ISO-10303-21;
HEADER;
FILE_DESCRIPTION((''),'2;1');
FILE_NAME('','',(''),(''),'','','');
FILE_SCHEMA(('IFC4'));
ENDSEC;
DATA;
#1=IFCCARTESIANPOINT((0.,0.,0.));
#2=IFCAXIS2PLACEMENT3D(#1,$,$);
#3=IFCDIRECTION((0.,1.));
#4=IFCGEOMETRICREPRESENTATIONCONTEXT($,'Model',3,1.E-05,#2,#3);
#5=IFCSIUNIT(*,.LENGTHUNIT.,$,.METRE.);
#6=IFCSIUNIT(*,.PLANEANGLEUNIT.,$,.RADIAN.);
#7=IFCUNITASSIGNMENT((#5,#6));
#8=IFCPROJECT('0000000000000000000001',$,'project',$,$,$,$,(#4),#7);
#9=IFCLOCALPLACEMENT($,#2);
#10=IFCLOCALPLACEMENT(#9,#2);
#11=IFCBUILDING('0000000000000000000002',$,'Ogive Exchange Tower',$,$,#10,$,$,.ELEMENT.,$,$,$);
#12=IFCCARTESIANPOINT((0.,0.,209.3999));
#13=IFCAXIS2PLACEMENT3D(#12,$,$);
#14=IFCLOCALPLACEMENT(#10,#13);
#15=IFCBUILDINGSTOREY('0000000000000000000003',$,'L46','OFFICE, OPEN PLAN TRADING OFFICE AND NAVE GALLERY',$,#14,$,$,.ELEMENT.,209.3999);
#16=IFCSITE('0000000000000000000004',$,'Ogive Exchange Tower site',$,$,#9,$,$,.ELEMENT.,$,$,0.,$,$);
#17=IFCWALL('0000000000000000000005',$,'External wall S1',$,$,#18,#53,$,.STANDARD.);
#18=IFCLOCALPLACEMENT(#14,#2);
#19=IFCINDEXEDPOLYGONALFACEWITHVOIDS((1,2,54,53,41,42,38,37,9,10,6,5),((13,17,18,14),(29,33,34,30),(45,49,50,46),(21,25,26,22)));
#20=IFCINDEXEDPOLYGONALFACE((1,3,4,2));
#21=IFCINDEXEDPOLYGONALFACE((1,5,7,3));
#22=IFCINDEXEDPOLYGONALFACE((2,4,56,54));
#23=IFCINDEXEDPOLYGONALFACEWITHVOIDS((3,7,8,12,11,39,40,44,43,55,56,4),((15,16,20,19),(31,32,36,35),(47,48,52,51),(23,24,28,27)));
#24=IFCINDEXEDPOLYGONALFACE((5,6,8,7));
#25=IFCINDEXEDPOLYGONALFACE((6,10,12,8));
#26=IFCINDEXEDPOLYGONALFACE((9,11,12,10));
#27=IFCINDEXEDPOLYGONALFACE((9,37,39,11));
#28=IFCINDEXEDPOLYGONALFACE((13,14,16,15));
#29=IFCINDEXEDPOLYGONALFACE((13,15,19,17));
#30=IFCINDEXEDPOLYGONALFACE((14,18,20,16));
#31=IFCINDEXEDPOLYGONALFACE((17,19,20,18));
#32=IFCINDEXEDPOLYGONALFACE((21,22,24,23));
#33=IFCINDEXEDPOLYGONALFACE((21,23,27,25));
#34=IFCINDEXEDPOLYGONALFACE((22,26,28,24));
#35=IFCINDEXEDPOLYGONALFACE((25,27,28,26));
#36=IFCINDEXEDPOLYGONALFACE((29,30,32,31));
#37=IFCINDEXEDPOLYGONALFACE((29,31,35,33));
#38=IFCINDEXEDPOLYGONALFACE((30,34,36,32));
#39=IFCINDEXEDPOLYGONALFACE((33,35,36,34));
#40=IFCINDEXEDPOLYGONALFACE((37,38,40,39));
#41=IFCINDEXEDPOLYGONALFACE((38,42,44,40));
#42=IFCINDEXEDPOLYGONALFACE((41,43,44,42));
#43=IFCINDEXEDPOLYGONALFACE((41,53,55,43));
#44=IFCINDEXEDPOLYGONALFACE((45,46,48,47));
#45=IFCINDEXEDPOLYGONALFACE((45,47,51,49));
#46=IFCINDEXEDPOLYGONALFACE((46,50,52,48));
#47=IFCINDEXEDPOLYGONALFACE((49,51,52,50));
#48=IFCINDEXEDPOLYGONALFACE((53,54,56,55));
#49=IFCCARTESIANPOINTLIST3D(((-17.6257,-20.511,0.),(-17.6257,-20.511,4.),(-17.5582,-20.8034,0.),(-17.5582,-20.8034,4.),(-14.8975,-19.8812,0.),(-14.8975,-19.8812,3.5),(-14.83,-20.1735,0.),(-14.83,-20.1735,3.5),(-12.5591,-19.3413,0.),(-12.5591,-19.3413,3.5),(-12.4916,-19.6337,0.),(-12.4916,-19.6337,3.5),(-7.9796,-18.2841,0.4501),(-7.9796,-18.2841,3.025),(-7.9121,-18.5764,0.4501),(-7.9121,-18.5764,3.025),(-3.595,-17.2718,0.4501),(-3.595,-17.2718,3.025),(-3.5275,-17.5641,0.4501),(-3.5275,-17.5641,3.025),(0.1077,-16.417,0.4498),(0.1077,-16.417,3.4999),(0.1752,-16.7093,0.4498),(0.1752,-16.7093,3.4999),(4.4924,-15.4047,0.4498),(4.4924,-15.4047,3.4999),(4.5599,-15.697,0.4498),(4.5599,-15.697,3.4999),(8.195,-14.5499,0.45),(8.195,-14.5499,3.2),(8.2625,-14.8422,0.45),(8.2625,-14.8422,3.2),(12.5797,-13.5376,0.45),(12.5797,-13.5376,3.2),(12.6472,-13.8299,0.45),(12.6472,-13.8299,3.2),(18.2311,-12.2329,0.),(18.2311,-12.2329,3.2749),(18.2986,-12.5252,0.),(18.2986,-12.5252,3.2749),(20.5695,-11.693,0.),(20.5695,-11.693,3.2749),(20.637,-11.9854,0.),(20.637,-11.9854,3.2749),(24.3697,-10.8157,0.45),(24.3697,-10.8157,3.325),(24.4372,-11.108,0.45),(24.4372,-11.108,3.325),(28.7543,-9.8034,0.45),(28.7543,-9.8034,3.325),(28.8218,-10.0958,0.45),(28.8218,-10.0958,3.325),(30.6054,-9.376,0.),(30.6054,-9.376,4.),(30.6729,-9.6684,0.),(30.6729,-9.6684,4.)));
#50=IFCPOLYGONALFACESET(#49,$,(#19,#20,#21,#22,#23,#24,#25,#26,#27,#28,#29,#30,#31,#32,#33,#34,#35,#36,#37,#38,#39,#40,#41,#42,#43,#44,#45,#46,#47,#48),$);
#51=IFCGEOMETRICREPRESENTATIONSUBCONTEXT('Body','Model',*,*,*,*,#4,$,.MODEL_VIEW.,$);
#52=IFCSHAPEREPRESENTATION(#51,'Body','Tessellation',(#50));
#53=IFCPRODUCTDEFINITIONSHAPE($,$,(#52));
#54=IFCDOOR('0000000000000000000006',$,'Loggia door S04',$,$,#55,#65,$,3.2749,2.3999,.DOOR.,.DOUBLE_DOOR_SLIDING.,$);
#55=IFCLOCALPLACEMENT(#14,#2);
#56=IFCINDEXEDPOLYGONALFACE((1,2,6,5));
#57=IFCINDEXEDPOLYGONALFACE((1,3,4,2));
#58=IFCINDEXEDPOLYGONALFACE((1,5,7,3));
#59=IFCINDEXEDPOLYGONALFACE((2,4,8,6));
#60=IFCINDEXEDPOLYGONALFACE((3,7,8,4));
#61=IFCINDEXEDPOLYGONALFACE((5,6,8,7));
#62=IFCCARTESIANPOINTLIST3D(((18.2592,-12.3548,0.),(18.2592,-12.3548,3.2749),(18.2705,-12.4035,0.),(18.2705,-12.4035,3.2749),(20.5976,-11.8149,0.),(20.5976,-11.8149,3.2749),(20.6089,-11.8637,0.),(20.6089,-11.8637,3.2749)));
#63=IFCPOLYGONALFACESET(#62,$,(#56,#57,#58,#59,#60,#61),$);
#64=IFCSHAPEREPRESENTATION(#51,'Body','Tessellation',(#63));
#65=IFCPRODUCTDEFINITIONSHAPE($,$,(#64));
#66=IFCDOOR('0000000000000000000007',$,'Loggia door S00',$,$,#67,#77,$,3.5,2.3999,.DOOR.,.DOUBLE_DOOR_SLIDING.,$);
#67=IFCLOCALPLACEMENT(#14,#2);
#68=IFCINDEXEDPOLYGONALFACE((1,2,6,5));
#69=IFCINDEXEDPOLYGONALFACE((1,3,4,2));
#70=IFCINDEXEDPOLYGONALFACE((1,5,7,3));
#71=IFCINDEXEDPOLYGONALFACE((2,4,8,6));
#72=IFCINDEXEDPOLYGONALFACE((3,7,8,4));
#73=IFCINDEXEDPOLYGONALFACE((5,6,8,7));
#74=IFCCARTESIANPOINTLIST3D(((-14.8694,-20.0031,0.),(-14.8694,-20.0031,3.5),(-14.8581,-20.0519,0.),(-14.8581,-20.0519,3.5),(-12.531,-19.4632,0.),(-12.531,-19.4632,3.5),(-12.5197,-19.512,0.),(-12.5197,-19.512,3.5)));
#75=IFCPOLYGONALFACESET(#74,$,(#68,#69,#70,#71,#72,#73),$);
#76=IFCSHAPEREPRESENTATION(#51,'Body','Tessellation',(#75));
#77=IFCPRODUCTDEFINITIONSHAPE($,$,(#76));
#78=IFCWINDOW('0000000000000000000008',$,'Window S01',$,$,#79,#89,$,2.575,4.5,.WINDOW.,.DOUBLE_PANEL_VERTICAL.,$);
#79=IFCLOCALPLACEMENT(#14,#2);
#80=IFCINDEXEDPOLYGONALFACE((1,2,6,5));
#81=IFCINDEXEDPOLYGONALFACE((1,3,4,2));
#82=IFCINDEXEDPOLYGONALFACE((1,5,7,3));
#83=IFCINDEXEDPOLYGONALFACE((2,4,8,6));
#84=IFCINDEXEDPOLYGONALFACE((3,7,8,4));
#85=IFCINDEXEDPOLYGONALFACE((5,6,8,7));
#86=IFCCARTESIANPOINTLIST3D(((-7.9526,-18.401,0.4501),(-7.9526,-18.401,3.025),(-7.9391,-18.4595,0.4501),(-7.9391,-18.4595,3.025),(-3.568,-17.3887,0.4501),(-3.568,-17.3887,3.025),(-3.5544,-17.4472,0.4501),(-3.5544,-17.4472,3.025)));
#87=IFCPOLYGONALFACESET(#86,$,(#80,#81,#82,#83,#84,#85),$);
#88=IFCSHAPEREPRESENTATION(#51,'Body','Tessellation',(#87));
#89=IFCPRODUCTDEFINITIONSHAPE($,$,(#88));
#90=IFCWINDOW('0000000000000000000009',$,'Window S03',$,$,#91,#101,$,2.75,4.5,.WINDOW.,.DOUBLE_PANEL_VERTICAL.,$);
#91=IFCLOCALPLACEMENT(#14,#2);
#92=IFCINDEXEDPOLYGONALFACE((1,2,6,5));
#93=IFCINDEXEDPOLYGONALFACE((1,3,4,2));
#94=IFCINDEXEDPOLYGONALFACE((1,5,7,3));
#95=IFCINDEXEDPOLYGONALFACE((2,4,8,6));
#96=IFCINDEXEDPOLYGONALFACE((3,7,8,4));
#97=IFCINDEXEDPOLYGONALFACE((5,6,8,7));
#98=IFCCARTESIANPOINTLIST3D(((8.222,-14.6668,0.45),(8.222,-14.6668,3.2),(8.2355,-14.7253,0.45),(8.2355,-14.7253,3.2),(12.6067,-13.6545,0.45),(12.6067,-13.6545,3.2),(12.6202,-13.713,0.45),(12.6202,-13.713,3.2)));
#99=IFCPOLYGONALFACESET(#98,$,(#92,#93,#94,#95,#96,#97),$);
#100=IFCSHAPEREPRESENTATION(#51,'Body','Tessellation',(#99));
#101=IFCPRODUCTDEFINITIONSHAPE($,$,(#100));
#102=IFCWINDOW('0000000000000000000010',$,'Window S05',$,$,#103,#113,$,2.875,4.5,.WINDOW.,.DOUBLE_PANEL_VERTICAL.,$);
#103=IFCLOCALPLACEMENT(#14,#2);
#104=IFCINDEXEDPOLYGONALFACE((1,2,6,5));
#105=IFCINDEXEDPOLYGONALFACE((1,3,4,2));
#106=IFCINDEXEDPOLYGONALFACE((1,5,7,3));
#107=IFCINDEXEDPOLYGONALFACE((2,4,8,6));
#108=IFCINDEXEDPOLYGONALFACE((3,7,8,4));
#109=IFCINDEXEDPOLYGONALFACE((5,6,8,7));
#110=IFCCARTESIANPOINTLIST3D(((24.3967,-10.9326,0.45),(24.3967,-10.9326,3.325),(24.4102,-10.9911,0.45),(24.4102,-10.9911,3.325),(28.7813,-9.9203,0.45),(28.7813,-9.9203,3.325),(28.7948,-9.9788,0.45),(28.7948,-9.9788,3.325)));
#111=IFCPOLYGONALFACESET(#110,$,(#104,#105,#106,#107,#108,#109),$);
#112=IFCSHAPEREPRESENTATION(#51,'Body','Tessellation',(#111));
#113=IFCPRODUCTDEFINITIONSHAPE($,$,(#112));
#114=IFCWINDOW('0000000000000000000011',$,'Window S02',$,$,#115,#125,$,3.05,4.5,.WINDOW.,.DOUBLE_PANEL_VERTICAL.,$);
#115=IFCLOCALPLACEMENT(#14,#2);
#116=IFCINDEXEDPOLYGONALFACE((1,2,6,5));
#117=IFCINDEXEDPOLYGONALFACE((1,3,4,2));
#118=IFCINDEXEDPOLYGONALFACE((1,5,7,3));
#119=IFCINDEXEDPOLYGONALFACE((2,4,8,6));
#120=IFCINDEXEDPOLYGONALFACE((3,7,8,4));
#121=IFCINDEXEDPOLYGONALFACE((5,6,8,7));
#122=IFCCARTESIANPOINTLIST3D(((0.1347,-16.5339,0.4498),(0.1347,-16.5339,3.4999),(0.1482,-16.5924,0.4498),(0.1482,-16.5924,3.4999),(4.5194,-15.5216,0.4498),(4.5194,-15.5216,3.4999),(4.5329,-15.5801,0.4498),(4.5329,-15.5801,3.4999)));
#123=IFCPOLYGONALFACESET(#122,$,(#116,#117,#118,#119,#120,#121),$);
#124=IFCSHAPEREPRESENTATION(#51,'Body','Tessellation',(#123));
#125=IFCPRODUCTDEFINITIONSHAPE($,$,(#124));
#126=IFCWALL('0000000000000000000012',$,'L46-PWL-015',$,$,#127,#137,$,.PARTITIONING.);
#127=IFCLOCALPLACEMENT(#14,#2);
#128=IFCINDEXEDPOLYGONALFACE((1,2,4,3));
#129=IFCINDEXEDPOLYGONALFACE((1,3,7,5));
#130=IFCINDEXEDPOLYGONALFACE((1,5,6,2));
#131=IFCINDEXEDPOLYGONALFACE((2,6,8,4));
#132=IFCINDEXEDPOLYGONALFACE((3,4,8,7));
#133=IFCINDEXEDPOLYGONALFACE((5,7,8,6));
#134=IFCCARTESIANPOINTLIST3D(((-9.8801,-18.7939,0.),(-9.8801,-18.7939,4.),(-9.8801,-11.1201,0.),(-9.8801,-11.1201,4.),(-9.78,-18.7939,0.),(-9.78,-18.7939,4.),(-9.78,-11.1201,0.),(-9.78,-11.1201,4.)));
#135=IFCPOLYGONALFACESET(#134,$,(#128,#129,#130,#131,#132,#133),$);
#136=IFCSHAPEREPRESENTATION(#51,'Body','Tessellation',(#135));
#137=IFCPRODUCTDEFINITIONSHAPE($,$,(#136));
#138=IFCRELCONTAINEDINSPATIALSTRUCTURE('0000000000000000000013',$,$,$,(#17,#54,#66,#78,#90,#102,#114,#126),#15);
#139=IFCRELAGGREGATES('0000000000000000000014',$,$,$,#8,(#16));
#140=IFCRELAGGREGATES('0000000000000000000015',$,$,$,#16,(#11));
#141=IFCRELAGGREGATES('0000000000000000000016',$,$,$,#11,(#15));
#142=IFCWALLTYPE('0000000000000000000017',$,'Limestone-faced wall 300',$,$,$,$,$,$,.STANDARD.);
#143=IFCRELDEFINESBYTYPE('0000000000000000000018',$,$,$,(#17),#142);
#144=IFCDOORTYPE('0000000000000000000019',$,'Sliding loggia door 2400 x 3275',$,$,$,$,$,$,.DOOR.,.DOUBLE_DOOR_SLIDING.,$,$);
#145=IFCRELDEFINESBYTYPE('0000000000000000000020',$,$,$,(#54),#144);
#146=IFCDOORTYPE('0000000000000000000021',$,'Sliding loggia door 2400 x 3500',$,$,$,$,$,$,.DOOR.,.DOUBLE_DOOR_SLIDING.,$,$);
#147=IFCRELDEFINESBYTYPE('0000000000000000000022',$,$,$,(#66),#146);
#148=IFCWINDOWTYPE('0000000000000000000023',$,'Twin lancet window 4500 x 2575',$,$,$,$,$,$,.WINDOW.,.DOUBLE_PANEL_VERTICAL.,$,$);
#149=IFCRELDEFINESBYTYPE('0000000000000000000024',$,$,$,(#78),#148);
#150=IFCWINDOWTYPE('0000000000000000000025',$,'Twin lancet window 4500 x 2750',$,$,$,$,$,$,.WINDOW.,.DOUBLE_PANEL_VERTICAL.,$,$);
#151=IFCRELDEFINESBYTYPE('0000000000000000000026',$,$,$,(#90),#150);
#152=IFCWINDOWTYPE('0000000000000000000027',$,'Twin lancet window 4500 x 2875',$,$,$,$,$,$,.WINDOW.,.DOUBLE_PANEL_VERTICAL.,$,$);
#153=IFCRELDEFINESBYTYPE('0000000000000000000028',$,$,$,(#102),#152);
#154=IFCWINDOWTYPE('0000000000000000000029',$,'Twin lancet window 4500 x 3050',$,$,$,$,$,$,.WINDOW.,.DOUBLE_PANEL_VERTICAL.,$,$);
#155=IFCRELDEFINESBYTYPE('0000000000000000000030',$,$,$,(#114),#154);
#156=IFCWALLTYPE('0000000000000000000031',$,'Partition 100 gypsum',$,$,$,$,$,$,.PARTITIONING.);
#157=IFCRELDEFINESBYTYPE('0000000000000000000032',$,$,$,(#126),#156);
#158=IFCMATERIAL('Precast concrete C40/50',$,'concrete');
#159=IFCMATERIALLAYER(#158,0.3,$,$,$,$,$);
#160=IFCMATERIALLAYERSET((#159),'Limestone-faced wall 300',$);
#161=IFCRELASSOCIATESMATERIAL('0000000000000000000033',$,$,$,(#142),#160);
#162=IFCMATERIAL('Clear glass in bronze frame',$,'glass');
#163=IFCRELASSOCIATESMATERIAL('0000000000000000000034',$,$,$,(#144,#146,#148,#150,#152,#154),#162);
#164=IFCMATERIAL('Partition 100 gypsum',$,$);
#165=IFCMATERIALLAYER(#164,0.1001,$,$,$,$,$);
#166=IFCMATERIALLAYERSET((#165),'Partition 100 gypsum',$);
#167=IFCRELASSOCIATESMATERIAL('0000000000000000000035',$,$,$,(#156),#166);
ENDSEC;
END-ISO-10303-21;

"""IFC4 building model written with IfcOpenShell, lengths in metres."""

from ifc_helpers import new_model, si_unit, direction, frame, frame_2d, origin, place, context, subcontext, project, spatial, rectangle, extrude, material, layer, layer_set, type_object, element, fill, save


model = new_model("IFC4")

# Units and contexts
model_context = context("Model", 3, precision=1e-05, world=origin(), true_north=direction((0.0, 1.0)))
body_context = subcontext(model_context, "Body", "Model", "MODEL_VIEW")
ifc_project = project(units=[si_unit("LENGTHUNIT", "METRE"), si_unit("PLANEANGLEUNIT", "RADIAN")], contexts=[model_context])

# Site, building, storey
site_placement = place(None, origin())
site = spatial("IfcSite", under=ifc_project, at=site_placement, Name="Ogive Exchange Tower site", CompositionType="ELEMENT", RefElevation=0.0)
building_placement = place(site_placement, origin())
building = spatial("IfcBuilding", under=site, at=building_placement, Name="Ogive Exchange Tower", CompositionType="ELEMENT")
storey_placement = place(building_placement, frame((0.0, 0.0, 209.3999)))
storey = spatial("IfcBuildingStorey", under=building, at=storey_placement, Name="L46", Description="OFFICE, OPEN PLAN TRADING OFFICE AND NAVE GALLERY", CompositionType="ELEMENT", Elevation=209.3999)

# Wall, openings, doors, windows
ifc_material_1 = material(Name="Precast concrete C40/50", Category="concrete")
ifc_layer_1 = layer(ifc_material_1, 0.3)
ifc_layer_set_1 = layer_set([ifc_layer_1], Name="Limestone-faced wall 300")
wall_type_1 = type_object("IfcWallType", Name="Limestone-faced wall 300", PredefinedType="STANDARD", material=ifc_layer_set_1)
wall_1_placement = place(storey_placement, frame((-17.592, -20.6572, 0.0), z_axis=(0.0, 0.0, 1.0), x_axis=(0.97437, 0.22495, 0.0)))
wall_1 = element("IfcWall", 1, at=wall_1_placement, inside=storey, type_object=wall_type_1, Name="External wall S1", PredefinedType="STANDARD", context=body_context, shape_type="SweptSolid", body=[
    extrude(rectangle(XDim=49.4998, YDim=0.3, at=frame_2d((24.75, 0.0))), origin(), (0.0, 0.0, 1.0), 4.0),
])
opening_1_placement = place(wall_1_placement, frame((2.8, 0.0, 0.0)))
opening_1 = element("IfcOpeningElement", 2, at=opening_1_placement, cuts=wall_1, PredefinedType="OPENING", context=body_context, shape_type="SweptSolid", body=[
    extrude(rectangle(XDim=2.3999, YDim=3.5, at=frame_2d((1.2, 1.75))), frame((0.0, 0.1599, 0.0), z_axis=(0.0, -1.0, 0.0), x_axis=(1.0, 0.0, 0.0)), (0.0, 0.0, 1.0), 0.3201),
])
opening_2_placement = place(wall_1_placement, frame((9.8999, 0.0, 0.45)))
opening_2 = element("IfcOpeningElement", 3, at=opening_2_placement, cuts=wall_1, PredefinedType="OPENING", context=body_context, shape_type="SweptSolid", body=[
    extrude(rectangle(XDim=4.5, YDim=2.575, at=frame_2d((2.25, 1.2876))), frame((0.0, 0.1599, 0.0), z_axis=(0.0, -1.0, 0.0), x_axis=(1.0, 0.0, 0.0)), (0.0, 0.0, 1.0), 0.3201),
])
opening_3_placement = place(wall_1_placement, frame((18.2, 0.0, 0.45)))
opening_3 = element("IfcOpeningElement", 4, at=opening_3_placement, cuts=wall_1, PredefinedType="OPENING", context=body_context, shape_type="SweptSolid", body=[
    extrude(rectangle(XDim=4.5, YDim=3.05, at=frame_2d((2.25, 1.5249))), frame((0.0, 0.1599, 0.0), z_axis=(0.0, -1.0, 0.0), x_axis=(1.0, 0.0, 0.0)), (0.0, 0.0, 1.0), 0.3201),
])
opening_4_placement = place(wall_1_placement, frame((26.5, 0.0, 0.45)))
opening_4 = element("IfcOpeningElement", 5, at=opening_4_placement, cuts=wall_1, PredefinedType="OPENING", context=body_context, shape_type="SweptSolid", body=[
    extrude(rectangle(XDim=4.5, YDim=2.75, at=frame_2d((2.25, 1.375))), frame((0.0, 0.1599, 0.0), z_axis=(0.0, -1.0, 0.0), x_axis=(1.0, 0.0, 0.0)), (0.0, 0.0, 1.0), 0.3201),
])
opening_5_placement = place(wall_1_placement, frame((36.8, 0.0, 0.0)))
opening_5 = element("IfcOpeningElement", 6, at=opening_5_placement, cuts=wall_1, PredefinedType="OPENING", context=body_context, shape_type="SweptSolid", body=[
    extrude(rectangle(XDim=2.3999, YDim=3.2749, at=frame_2d((1.2, 1.6375))), frame((0.0, 0.1599, 0.0), z_axis=(0.0, -1.0, 0.0), x_axis=(1.0, 0.0, 0.0)), (0.0, 0.0, 1.0), 0.3201),
])
opening_6_placement = place(wall_1_placement, frame((43.1001, 0.0, 0.45)))
opening_6 = element("IfcOpeningElement", 7, at=opening_6_placement, cuts=wall_1, PredefinedType="OPENING", context=body_context, shape_type="SweptSolid", body=[
    extrude(rectangle(XDim=4.5, YDim=2.875, at=frame_2d((2.25, 1.4375))), frame((0.0, 0.1599, 0.0), z_axis=(0.0, -1.0, 0.0), x_axis=(1.0, 0.0, 0.0)), (0.0, 0.0, 1.0), 0.3201),
])
ifc_material_2 = material(Name="Clear glass in bronze frame", Category="glass")
door_type_1 = type_object("IfcDoorType", Name="Sliding loggia door 2400 x 3275", OperationType="DOUBLE_DOOR_SLIDING", PredefinedType="DOOR", material=ifc_material_2)
door_1_placement = place(opening_5_placement, origin())
door_1 = element("IfcDoor", 8, at=door_1_placement, inside=storey, type_object=door_type_1, Name="Loggia door S04", OperationType="DOUBLE_DOOR_SLIDING", OverallHeight=3.2749, OverallWidth=2.3999, PredefinedType="DOOR", context=body_context, shape_type="SweptSolid", body=[
    extrude(rectangle(XDim=2.3999, YDim=3.2749, at=frame_2d((1.2, 1.6375))), frame((0.0, 0.0249, 0.0), z_axis=(0.0, -1.0, 0.0), x_axis=(1.0, 0.0, 0.0)), (0.0, 0.0, 1.0), 0.05),
])
fill(opening_5, door_1)
door_type_2 = type_object("IfcDoorType", Name="Sliding loggia door 2400 x 3500", OperationType="DOUBLE_DOOR_SLIDING", PredefinedType="DOOR", material=ifc_material_2)
door_2_placement = place(opening_1_placement, origin())
door_2 = element("IfcDoor", 9, at=door_2_placement, inside=storey, type_object=door_type_2, Name="Loggia door S00", OperationType="DOUBLE_DOOR_SLIDING", OverallHeight=3.5, OverallWidth=2.3999, PredefinedType="DOOR", context=body_context, shape_type="SweptSolid", body=[
    extrude(rectangle(XDim=2.3999, YDim=3.5, at=frame_2d((1.2, 1.75))), frame((0.0, 0.0249, 0.0), z_axis=(0.0, -1.0, 0.0), x_axis=(1.0, 0.0, 0.0)), (0.0, 0.0, 1.0), 0.05),
])
fill(opening_1, door_2)
window_type_1 = type_object("IfcWindowType", Name="Twin lancet window 4500 x 2575", PartitioningType="DOUBLE_PANEL_VERTICAL", PredefinedType="WINDOW", material=ifc_material_2)
window_1_placement = place(opening_2_placement, origin())
window_1 = element("IfcWindow", 10, at=window_1_placement, inside=storey, type_object=window_type_1, Name="Window S01", OverallHeight=2.575, OverallWidth=4.5, PartitioningType="DOUBLE_PANEL_VERTICAL", PredefinedType="WINDOW", context=body_context, shape_type="SweptSolid", body=[
    extrude(rectangle(XDim=4.5, YDim=2.575, at=frame_2d((2.25, 1.2876))), frame((0.0, 0.03, 0.0), z_axis=(0.0, -1.0, 0.0), x_axis=(1.0, 0.0, 0.0)), (0.0, 0.0, 1.0), 0.0601),
])
fill(opening_2, window_1)
window_type_2 = type_object("IfcWindowType", Name="Twin lancet window 4500 x 2750", PartitioningType="DOUBLE_PANEL_VERTICAL", PredefinedType="WINDOW", material=ifc_material_2)
window_2_placement = place(opening_4_placement, origin())
window_2 = element("IfcWindow", 11, at=window_2_placement, inside=storey, type_object=window_type_2, Name="Window S03", OverallHeight=2.75, OverallWidth=4.5, PartitioningType="DOUBLE_PANEL_VERTICAL", PredefinedType="WINDOW", context=body_context, shape_type="SweptSolid", body=[
    extrude(rectangle(XDim=4.5, YDim=2.75, at=frame_2d((2.25, 1.375))), frame((0.0, 0.03, 0.0), z_axis=(0.0, -1.0, 0.0), x_axis=(1.0, 0.0, 0.0)), (0.0, 0.0, 1.0), 0.0601),
])
fill(opening_4, window_2)
window_type_3 = type_object("IfcWindowType", Name="Twin lancet window 4500 x 2875", PartitioningType="DOUBLE_PANEL_VERTICAL", PredefinedType="WINDOW", material=ifc_material_2)
window_3_placement = place(opening_6_placement, origin())
window_3 = element("IfcWindow", 12, at=window_3_placement, inside=storey, type_object=window_type_3, Name="Window S05", OverallHeight=2.875, OverallWidth=4.5, PartitioningType="DOUBLE_PANEL_VERTICAL", PredefinedType="WINDOW", context=body_context, shape_type="SweptSolid", body=[
    extrude(rectangle(XDim=4.5, YDim=2.875, at=frame_2d((2.25, 1.4375))), frame((0.0, 0.03, 0.0), z_axis=(0.0, -1.0, 0.0), x_axis=(1.0, 0.0, 0.0)), (0.0, 0.0, 1.0), 0.0601),
])
fill(opening_6, window_3)
window_type_4 = type_object("IfcWindowType", Name="Twin lancet window 4500 x 3050", PartitioningType="DOUBLE_PANEL_VERTICAL", PredefinedType="WINDOW", material=ifc_material_2)
window_4_placement = place(opening_3_placement, origin())
window_4 = element("IfcWindow", 13, at=window_4_placement, inside=storey, type_object=window_type_4, Name="Window S02", OverallHeight=3.05, OverallWidth=4.5, PartitioningType="DOUBLE_PANEL_VERTICAL", PredefinedType="WINDOW", context=body_context, shape_type="SweptSolid", body=[
    extrude(rectangle(XDim=4.5, YDim=3.05, at=frame_2d((2.25, 1.5249))), frame((0.0, 0.03, 0.0), z_axis=(0.0, -1.0, 0.0), x_axis=(1.0, 0.0, 0.0)), (0.0, 0.0, 1.0), 0.0601),
])
fill(opening_3, window_4)

# Wall
ifc_material_3 = material(Name="Partition 100 gypsum")
ifc_layer_2 = layer(ifc_material_3, 0.1001)
ifc_layer_set_2 = layer_set([ifc_layer_2], Name="Partition 100 gypsum")
wall_type_2 = type_object("IfcWallType", Name="Partition 100 gypsum", PredefinedType="PARTITIONING", material=ifc_layer_set_2)
wall_2_placement = place(storey_placement, frame((-9.8301, -18.7939, 0.0), z_axis=(0.0, 0.0, 1.0), x_axis=(0.0, 1.0, 0.0)))
element("IfcWall", 14, at=wall_2_placement, inside=storey, type_object=wall_type_2, Name="L46-PWL-015", PredefinedType="PARTITIONING", context=body_context, shape_type="SweptSolid", body=[
    extrude(rectangle(XDim=7.6738, YDim=0.1001, at=frame_2d((3.8369, 0.0))), origin(), (0.0, 0.0, 1.0), 4.0),
])

save(model, "model.ifc")
